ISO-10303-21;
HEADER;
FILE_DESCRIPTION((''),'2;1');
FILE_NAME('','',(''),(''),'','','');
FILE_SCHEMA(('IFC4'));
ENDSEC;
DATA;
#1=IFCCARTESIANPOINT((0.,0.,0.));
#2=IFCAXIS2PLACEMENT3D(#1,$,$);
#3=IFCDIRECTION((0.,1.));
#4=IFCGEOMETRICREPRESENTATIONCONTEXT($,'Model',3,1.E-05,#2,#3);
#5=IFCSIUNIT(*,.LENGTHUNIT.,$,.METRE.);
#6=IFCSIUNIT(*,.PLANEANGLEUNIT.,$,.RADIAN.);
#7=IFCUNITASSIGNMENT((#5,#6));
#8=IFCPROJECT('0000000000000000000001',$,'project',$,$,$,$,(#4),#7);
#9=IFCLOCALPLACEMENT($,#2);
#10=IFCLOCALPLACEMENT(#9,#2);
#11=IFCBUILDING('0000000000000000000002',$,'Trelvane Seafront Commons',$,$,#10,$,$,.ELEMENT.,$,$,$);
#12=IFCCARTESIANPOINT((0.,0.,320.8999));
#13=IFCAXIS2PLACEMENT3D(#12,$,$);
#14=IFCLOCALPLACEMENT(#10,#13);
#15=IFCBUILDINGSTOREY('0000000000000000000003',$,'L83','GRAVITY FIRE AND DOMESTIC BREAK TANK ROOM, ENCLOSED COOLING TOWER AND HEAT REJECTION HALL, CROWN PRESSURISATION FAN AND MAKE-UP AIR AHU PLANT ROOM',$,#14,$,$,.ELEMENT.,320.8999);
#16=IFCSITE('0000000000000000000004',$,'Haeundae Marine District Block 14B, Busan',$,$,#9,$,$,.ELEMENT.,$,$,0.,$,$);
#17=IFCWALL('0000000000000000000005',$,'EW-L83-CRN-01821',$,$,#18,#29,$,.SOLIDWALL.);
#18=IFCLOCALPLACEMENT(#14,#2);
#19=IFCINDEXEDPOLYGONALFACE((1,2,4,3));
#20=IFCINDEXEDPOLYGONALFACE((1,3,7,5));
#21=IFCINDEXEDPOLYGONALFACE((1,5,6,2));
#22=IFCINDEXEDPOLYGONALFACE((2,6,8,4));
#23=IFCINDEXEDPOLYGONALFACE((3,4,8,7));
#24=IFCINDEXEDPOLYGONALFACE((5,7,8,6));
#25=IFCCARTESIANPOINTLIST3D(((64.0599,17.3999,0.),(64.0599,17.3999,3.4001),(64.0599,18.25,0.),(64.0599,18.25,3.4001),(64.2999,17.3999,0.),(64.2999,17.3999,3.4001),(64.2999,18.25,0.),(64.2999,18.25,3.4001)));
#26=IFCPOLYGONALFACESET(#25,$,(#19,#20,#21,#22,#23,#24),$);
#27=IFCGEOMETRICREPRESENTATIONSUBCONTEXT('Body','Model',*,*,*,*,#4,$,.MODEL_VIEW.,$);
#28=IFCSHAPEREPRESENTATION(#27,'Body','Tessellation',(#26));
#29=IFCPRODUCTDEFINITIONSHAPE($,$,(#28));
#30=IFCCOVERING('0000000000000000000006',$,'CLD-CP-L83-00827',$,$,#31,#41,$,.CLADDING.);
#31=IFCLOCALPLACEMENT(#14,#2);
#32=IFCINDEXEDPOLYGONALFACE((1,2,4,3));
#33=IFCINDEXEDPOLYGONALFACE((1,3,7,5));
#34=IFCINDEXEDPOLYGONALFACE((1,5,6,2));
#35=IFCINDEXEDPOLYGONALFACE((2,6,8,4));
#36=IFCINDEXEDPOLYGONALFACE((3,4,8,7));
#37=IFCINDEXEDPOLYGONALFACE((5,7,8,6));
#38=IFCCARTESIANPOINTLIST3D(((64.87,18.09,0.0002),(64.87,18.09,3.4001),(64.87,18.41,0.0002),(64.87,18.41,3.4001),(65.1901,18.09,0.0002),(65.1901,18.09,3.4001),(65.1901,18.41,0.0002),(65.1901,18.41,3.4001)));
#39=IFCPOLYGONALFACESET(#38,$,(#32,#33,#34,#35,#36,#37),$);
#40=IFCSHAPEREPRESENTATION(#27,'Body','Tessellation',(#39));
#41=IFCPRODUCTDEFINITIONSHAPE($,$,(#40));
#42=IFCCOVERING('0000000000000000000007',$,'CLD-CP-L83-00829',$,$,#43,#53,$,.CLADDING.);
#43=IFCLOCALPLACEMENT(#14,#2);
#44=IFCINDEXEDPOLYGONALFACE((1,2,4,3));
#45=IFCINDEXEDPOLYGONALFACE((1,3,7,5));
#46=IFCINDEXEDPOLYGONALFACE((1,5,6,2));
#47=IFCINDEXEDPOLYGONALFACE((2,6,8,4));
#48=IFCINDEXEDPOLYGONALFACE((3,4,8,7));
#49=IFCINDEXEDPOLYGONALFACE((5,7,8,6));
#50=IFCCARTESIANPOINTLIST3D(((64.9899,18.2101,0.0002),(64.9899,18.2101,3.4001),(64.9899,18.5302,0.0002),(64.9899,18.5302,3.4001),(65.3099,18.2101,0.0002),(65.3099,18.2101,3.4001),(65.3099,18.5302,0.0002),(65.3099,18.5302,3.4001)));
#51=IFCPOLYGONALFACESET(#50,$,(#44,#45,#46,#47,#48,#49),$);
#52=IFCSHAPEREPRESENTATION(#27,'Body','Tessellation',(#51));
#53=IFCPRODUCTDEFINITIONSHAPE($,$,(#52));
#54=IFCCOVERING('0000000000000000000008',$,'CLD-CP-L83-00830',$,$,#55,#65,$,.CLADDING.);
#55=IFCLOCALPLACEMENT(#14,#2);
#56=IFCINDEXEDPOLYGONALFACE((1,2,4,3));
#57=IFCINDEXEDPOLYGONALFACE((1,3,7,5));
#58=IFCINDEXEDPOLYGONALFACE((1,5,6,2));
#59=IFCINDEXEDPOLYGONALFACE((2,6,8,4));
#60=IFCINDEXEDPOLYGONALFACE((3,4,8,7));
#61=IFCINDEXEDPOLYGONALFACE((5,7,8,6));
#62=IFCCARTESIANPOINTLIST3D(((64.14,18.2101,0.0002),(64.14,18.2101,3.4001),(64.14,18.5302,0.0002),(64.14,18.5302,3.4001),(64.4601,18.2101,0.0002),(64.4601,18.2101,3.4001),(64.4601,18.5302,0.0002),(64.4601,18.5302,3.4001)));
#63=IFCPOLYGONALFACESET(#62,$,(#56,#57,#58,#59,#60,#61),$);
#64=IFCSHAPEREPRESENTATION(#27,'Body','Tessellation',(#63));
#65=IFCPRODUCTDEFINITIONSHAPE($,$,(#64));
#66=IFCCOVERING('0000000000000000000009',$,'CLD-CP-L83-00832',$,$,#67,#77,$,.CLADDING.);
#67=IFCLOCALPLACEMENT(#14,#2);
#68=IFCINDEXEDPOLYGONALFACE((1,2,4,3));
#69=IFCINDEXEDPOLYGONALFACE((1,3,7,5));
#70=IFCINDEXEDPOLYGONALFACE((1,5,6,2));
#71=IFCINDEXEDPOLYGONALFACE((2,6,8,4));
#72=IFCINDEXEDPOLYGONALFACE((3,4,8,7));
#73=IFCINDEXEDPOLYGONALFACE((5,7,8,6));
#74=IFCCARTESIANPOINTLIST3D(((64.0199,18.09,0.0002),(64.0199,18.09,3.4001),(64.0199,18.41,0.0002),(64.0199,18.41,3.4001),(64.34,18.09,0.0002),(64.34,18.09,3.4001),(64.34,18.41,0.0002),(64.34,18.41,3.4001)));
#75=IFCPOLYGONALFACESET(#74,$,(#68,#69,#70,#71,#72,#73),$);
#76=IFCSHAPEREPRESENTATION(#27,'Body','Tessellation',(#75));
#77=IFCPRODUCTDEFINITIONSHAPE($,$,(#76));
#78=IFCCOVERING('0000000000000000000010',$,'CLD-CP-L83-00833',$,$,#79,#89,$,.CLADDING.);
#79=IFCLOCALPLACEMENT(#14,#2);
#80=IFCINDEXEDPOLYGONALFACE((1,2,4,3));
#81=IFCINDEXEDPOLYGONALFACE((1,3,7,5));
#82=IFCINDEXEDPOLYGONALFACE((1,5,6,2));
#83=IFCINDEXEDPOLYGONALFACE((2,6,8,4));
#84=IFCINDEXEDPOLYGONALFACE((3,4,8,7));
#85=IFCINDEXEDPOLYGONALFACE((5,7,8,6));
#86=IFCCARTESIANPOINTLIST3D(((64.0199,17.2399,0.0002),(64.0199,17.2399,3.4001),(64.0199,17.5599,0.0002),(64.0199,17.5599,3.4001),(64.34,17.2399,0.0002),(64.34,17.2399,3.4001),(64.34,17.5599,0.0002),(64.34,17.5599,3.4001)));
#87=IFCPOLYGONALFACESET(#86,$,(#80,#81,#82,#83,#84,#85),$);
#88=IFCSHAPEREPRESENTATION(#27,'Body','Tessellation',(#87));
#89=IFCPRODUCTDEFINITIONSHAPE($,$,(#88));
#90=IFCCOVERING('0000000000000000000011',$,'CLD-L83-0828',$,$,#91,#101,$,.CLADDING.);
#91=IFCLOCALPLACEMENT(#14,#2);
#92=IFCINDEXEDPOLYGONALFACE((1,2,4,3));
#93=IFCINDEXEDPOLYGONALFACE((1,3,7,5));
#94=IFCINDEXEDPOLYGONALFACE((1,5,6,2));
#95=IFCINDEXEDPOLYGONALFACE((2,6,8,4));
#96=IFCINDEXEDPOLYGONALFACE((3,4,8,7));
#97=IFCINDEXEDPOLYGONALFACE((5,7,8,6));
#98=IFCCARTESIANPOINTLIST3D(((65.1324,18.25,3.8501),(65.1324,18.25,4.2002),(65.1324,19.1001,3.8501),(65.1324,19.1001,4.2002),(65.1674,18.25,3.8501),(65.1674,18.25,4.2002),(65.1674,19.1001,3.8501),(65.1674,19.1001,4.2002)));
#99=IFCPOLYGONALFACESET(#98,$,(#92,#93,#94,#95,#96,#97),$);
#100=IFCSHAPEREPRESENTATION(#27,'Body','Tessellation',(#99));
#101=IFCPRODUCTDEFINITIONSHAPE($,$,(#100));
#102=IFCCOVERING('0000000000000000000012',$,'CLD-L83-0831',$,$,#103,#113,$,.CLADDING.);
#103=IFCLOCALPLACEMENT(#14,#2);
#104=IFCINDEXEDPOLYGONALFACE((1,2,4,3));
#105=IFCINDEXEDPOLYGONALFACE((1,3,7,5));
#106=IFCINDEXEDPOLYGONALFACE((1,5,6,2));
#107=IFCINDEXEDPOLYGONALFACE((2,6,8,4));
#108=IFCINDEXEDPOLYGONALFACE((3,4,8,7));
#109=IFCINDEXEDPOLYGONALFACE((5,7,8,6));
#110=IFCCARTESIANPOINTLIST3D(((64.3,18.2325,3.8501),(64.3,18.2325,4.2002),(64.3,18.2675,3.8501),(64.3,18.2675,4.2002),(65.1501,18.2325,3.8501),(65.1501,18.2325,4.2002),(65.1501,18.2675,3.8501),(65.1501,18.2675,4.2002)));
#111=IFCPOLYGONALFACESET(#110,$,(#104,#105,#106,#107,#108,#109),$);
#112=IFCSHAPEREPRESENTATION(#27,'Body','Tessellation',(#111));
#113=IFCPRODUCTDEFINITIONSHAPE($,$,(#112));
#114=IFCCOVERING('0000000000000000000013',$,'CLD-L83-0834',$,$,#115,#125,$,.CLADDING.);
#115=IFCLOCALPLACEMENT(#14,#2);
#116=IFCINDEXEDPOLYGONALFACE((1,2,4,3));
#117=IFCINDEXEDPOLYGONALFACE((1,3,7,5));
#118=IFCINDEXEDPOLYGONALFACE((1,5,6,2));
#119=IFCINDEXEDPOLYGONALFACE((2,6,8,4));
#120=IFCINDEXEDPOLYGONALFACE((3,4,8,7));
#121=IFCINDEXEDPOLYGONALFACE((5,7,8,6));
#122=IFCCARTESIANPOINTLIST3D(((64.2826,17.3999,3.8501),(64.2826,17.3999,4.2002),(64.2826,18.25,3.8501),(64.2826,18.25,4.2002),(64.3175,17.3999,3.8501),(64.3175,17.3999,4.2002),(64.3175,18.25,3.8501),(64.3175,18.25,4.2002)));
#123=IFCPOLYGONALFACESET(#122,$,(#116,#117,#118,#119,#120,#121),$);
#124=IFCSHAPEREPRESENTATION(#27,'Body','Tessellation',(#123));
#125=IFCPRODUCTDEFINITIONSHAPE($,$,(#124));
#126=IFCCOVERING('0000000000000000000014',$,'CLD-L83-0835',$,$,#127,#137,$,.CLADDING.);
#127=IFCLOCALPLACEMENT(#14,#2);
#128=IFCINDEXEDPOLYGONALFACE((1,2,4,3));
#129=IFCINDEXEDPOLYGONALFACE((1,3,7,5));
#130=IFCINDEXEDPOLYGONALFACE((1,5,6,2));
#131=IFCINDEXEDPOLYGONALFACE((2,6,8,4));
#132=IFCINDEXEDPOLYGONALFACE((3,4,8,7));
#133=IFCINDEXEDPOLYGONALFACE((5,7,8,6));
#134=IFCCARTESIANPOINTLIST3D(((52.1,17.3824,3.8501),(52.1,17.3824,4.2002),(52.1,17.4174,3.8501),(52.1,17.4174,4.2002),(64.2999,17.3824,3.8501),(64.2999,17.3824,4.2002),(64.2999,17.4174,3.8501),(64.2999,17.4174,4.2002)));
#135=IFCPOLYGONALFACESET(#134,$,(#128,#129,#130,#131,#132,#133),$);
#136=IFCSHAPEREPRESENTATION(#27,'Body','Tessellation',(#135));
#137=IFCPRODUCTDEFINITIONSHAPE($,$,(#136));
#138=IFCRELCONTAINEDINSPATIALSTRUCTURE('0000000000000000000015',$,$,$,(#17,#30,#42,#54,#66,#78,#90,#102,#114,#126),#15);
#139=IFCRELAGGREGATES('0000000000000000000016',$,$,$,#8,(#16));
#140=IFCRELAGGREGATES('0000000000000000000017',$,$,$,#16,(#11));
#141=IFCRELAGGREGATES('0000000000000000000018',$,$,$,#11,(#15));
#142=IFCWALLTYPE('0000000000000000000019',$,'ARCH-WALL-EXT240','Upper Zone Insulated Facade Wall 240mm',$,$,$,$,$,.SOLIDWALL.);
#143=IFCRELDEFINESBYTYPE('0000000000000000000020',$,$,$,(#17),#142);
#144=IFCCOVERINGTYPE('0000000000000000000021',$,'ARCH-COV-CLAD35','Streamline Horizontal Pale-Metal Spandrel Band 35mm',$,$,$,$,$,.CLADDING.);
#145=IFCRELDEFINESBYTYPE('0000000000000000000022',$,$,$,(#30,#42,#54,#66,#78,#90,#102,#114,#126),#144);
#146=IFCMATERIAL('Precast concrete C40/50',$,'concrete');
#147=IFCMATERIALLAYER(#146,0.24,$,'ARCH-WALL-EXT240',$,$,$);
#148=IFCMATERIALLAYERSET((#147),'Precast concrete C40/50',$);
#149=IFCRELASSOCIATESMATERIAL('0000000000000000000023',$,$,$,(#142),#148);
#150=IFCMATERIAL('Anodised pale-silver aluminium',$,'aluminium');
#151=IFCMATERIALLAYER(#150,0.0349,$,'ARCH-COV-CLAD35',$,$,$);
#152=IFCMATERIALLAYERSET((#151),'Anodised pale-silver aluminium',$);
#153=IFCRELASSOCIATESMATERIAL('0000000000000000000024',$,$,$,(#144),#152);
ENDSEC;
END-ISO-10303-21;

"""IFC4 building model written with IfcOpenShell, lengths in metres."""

from ifc_helpers import new_model, si_unit, direction, frame, frame_2d, origin, origin_2d, place, context, subcontext, project, spatial, rectangle, extrude, source, transform, mapped, material, layer, layer_set, type_object, element, save


model = new_model("IFC4")

# Units and contexts
model_context = context("Model", 3, precision=1e-05, world=origin(), true_north=direction((0.0, 1.0)))
body_context = subcontext(model_context, "Body", "Model", "MODEL_VIEW")
ifc_project = project(units=[si_unit("LENGTHUNIT", "METRE"), si_unit("PLANEANGLEUNIT", "RADIAN")], contexts=[model_context])

# Site, building, storey
site_placement = place(None, origin())
site = spatial("IfcSite", under=ifc_project, at=site_placement, Name="Haeundae Marine District Block 14B, Busan", CompositionType="ELEMENT", RefElevation=0.0)
building_placement = place(site_placement, origin())
building = spatial("IfcBuilding", under=site, at=building_placement, Name="Trelvane Seafront Commons", CompositionType="ELEMENT")
storey_placement = place(building_placement, frame((0.0, 0.0, 320.8999)))
storey = spatial("IfcBuildingStorey", under=building, at=storey_placement, Name="L83", Description="GRAVITY FIRE AND DOMESTIC BREAK TANK ROOM, ENCLOSED COOLING TOWER AND HEAT REJECTION HALL, CROWN PRESSURISATION FAN AND MAKE-UP AIR AHU PLANT ROOM", CompositionType="ELEMENT", Elevation=320.8999)

# Shared definitions
ifc_material_1 = material(Name="Anodised pale-silver aluminium", Category="aluminium")

# Wall
ifc_material_2 = material(Name="Precast concrete C40/50", Category="concrete")
ifc_layer_1 = layer(ifc_material_2, 0.24, Name="ARCH-WALL-EXT240")
ifc_layer_set_1 = layer_set([ifc_layer_1], Name="Precast concrete C40/50")
wall_type = type_object("IfcWallType", Name="ARCH-WALL-EXT240", Description="Upper Zone Insulated Facade Wall 240mm", PredefinedType="SOLIDWALL", material=ifc_layer_set_1)
wall_1_placement = place(storey_placement, frame((64.1799, 18.25, 0.0), z_axis=(0.0, 0.0, 1.0), x_axis=(0.0, -1.0, 0.0)))
element("IfcWall", 1, at=wall_1_placement, inside=storey, type_object=wall_type, Name="EW-L83-CRN-01821", PredefinedType="SOLIDWALL", context=body_context, shape_type="SweptSolid", body=[
    extrude(rectangle(XDim=0.8501, YDim=0.24, at=frame_2d((0.425, 0.0))), origin(), (0.0, 0.0, 1.0), 3.4001),
])

# Coverings
ifc_layer_2 = layer(ifc_material_1, 0.0349, Name="ARCH-COV-CLAD35")
ifc_layer_set_2 = layer_set([ifc_layer_2], Name="Anodised pale-silver aluminium")
covering_type = type_object("IfcCoveringType", Name="ARCH-COV-CLAD35", Description="Streamline Horizontal Pale-Metal Spandrel Band 35mm", PredefinedType="CLADDING", material=ifc_layer_set_2)
shared_shape_1 = source(origin(), body_context, "Body", "SweptSolid", [
    extrude(rectangle(XDim=0.3201, YDim=0.3201, at=origin_2d()), origin(), (0.0, 0.0, 1.0), 3.3999),
])
for number, where, z_axis, x_axis, name in (
    (2, (65.03, 18.25, 0.0002), (0.0, 0.0, 1.0), (1.0, 0.0, 0.0), "CLD-CP-L83-00827"),
    (3, (65.1499, 18.3701, 0.0002), (0.0, 0.0, 1.0), (1.0, 0.0, 0.0), "CLD-CP-L83-00829"),
    (4, (64.3, 18.3701, 0.0002), (0.0, 0.0, 1.0), (1.0, 0.0, 0.0), "CLD-CP-L83-00830"),
    (5, (64.1799, 18.25, 0.0002), (0.0, 0.0, 1.0), (1.0, 0.0, 0.0), "CLD-CP-L83-00832"),
    (6, (64.1799, 17.3999, 0.0002), (0.0, 0.0, 1.0), (1.0, 0.0, 0.0), "CLD-CP-L83-00833"),
):
    element("IfcCovering", number, at=place(storey_placement, frame(where, z_axis=z_axis, x_axis=x_axis)), inside=storey, type_object=covering_type, Name=name, PredefinedType="CLADDING", context=body_context, shape_type="MappedRepresentation", body=[
        mapped(shared_shape_1, transform((0.0, 0.0, 0.0), x_axis=(1.0, 0.0, 0.0), y_axis=(0.0, 1.0, 0.0), z_axis=(0.0, 0.0, 1.0), scale=1.0)),
    ])
shared_shape_2 = source(origin(), body_context, "Body", "SweptSolid", [
    extrude(rectangle(XDim=0.8501, YDim=0.0349, at=origin_2d()), origin(), (0.0, 0.0, 1.0), 0.3501),
])
for number, where, z_axis, x_axis, name in (
    (7, (65.1499, 18.675, 3.8501), (0.0, 0.0, 1.0), (0.0, -1.0, 0.0), "CLD-L83-0828"),
    (8, (64.7251, 18.25, 3.8501), (0.0, 0.0, 1.0), (-1.0, 0.0, 0.0), "CLD-L83-0831"),
    (9, (64.3, 17.825, 3.8501), (0.0, 0.0, 1.0), (0.0, -1.0, 0.0), "CLD-L83-0834"),
):
    element("IfcCovering", number, at=place(storey_placement, frame(where, z_axis=z_axis, x_axis=x_axis)), inside=storey, type_object=covering_type, Name=name, PredefinedType="CLADDING", context=body_context, shape_type="MappedRepresentation", body=[
        mapped(shared_shape_2, transform((0.0, 0.0, 0.0), x_axis=(1.0, 0.0, 0.0), y_axis=(0.0, 1.0, 0.0), z_axis=(0.0, 0.0, 1.0), scale=1.0)),
    ])
shared_shape_3 = source(origin(), body_context, "Body", "SweptSolid", [
    extrude(rectangle(XDim=12.2, YDim=0.0349, at=origin_2d()), origin(), (0.0, 0.0, 1.0), 0.3501),
])
covering_placement = place(storey_placement, frame((58.2, 17.3999, 3.8501), z_axis=(0.0, 0.0, 1.0), x_axis=(-1.0, 0.0, 0.0)))
element("IfcCovering", 10, at=covering_placement, inside=storey, type_object=covering_type, Name="CLD-L83-0835", PredefinedType="CLADDING", context=body_context, shape_type="MappedRepresentation", body=[
    mapped(shared_shape_3, transform((0.0, 0.0, 0.0), x_axis=(1.0, 0.0, 0.0), y_axis=(0.0, 1.0, 0.0), z_axis=(0.0, 0.0, 1.0), scale=1.0)),
])

save(model, "model.ifc")
